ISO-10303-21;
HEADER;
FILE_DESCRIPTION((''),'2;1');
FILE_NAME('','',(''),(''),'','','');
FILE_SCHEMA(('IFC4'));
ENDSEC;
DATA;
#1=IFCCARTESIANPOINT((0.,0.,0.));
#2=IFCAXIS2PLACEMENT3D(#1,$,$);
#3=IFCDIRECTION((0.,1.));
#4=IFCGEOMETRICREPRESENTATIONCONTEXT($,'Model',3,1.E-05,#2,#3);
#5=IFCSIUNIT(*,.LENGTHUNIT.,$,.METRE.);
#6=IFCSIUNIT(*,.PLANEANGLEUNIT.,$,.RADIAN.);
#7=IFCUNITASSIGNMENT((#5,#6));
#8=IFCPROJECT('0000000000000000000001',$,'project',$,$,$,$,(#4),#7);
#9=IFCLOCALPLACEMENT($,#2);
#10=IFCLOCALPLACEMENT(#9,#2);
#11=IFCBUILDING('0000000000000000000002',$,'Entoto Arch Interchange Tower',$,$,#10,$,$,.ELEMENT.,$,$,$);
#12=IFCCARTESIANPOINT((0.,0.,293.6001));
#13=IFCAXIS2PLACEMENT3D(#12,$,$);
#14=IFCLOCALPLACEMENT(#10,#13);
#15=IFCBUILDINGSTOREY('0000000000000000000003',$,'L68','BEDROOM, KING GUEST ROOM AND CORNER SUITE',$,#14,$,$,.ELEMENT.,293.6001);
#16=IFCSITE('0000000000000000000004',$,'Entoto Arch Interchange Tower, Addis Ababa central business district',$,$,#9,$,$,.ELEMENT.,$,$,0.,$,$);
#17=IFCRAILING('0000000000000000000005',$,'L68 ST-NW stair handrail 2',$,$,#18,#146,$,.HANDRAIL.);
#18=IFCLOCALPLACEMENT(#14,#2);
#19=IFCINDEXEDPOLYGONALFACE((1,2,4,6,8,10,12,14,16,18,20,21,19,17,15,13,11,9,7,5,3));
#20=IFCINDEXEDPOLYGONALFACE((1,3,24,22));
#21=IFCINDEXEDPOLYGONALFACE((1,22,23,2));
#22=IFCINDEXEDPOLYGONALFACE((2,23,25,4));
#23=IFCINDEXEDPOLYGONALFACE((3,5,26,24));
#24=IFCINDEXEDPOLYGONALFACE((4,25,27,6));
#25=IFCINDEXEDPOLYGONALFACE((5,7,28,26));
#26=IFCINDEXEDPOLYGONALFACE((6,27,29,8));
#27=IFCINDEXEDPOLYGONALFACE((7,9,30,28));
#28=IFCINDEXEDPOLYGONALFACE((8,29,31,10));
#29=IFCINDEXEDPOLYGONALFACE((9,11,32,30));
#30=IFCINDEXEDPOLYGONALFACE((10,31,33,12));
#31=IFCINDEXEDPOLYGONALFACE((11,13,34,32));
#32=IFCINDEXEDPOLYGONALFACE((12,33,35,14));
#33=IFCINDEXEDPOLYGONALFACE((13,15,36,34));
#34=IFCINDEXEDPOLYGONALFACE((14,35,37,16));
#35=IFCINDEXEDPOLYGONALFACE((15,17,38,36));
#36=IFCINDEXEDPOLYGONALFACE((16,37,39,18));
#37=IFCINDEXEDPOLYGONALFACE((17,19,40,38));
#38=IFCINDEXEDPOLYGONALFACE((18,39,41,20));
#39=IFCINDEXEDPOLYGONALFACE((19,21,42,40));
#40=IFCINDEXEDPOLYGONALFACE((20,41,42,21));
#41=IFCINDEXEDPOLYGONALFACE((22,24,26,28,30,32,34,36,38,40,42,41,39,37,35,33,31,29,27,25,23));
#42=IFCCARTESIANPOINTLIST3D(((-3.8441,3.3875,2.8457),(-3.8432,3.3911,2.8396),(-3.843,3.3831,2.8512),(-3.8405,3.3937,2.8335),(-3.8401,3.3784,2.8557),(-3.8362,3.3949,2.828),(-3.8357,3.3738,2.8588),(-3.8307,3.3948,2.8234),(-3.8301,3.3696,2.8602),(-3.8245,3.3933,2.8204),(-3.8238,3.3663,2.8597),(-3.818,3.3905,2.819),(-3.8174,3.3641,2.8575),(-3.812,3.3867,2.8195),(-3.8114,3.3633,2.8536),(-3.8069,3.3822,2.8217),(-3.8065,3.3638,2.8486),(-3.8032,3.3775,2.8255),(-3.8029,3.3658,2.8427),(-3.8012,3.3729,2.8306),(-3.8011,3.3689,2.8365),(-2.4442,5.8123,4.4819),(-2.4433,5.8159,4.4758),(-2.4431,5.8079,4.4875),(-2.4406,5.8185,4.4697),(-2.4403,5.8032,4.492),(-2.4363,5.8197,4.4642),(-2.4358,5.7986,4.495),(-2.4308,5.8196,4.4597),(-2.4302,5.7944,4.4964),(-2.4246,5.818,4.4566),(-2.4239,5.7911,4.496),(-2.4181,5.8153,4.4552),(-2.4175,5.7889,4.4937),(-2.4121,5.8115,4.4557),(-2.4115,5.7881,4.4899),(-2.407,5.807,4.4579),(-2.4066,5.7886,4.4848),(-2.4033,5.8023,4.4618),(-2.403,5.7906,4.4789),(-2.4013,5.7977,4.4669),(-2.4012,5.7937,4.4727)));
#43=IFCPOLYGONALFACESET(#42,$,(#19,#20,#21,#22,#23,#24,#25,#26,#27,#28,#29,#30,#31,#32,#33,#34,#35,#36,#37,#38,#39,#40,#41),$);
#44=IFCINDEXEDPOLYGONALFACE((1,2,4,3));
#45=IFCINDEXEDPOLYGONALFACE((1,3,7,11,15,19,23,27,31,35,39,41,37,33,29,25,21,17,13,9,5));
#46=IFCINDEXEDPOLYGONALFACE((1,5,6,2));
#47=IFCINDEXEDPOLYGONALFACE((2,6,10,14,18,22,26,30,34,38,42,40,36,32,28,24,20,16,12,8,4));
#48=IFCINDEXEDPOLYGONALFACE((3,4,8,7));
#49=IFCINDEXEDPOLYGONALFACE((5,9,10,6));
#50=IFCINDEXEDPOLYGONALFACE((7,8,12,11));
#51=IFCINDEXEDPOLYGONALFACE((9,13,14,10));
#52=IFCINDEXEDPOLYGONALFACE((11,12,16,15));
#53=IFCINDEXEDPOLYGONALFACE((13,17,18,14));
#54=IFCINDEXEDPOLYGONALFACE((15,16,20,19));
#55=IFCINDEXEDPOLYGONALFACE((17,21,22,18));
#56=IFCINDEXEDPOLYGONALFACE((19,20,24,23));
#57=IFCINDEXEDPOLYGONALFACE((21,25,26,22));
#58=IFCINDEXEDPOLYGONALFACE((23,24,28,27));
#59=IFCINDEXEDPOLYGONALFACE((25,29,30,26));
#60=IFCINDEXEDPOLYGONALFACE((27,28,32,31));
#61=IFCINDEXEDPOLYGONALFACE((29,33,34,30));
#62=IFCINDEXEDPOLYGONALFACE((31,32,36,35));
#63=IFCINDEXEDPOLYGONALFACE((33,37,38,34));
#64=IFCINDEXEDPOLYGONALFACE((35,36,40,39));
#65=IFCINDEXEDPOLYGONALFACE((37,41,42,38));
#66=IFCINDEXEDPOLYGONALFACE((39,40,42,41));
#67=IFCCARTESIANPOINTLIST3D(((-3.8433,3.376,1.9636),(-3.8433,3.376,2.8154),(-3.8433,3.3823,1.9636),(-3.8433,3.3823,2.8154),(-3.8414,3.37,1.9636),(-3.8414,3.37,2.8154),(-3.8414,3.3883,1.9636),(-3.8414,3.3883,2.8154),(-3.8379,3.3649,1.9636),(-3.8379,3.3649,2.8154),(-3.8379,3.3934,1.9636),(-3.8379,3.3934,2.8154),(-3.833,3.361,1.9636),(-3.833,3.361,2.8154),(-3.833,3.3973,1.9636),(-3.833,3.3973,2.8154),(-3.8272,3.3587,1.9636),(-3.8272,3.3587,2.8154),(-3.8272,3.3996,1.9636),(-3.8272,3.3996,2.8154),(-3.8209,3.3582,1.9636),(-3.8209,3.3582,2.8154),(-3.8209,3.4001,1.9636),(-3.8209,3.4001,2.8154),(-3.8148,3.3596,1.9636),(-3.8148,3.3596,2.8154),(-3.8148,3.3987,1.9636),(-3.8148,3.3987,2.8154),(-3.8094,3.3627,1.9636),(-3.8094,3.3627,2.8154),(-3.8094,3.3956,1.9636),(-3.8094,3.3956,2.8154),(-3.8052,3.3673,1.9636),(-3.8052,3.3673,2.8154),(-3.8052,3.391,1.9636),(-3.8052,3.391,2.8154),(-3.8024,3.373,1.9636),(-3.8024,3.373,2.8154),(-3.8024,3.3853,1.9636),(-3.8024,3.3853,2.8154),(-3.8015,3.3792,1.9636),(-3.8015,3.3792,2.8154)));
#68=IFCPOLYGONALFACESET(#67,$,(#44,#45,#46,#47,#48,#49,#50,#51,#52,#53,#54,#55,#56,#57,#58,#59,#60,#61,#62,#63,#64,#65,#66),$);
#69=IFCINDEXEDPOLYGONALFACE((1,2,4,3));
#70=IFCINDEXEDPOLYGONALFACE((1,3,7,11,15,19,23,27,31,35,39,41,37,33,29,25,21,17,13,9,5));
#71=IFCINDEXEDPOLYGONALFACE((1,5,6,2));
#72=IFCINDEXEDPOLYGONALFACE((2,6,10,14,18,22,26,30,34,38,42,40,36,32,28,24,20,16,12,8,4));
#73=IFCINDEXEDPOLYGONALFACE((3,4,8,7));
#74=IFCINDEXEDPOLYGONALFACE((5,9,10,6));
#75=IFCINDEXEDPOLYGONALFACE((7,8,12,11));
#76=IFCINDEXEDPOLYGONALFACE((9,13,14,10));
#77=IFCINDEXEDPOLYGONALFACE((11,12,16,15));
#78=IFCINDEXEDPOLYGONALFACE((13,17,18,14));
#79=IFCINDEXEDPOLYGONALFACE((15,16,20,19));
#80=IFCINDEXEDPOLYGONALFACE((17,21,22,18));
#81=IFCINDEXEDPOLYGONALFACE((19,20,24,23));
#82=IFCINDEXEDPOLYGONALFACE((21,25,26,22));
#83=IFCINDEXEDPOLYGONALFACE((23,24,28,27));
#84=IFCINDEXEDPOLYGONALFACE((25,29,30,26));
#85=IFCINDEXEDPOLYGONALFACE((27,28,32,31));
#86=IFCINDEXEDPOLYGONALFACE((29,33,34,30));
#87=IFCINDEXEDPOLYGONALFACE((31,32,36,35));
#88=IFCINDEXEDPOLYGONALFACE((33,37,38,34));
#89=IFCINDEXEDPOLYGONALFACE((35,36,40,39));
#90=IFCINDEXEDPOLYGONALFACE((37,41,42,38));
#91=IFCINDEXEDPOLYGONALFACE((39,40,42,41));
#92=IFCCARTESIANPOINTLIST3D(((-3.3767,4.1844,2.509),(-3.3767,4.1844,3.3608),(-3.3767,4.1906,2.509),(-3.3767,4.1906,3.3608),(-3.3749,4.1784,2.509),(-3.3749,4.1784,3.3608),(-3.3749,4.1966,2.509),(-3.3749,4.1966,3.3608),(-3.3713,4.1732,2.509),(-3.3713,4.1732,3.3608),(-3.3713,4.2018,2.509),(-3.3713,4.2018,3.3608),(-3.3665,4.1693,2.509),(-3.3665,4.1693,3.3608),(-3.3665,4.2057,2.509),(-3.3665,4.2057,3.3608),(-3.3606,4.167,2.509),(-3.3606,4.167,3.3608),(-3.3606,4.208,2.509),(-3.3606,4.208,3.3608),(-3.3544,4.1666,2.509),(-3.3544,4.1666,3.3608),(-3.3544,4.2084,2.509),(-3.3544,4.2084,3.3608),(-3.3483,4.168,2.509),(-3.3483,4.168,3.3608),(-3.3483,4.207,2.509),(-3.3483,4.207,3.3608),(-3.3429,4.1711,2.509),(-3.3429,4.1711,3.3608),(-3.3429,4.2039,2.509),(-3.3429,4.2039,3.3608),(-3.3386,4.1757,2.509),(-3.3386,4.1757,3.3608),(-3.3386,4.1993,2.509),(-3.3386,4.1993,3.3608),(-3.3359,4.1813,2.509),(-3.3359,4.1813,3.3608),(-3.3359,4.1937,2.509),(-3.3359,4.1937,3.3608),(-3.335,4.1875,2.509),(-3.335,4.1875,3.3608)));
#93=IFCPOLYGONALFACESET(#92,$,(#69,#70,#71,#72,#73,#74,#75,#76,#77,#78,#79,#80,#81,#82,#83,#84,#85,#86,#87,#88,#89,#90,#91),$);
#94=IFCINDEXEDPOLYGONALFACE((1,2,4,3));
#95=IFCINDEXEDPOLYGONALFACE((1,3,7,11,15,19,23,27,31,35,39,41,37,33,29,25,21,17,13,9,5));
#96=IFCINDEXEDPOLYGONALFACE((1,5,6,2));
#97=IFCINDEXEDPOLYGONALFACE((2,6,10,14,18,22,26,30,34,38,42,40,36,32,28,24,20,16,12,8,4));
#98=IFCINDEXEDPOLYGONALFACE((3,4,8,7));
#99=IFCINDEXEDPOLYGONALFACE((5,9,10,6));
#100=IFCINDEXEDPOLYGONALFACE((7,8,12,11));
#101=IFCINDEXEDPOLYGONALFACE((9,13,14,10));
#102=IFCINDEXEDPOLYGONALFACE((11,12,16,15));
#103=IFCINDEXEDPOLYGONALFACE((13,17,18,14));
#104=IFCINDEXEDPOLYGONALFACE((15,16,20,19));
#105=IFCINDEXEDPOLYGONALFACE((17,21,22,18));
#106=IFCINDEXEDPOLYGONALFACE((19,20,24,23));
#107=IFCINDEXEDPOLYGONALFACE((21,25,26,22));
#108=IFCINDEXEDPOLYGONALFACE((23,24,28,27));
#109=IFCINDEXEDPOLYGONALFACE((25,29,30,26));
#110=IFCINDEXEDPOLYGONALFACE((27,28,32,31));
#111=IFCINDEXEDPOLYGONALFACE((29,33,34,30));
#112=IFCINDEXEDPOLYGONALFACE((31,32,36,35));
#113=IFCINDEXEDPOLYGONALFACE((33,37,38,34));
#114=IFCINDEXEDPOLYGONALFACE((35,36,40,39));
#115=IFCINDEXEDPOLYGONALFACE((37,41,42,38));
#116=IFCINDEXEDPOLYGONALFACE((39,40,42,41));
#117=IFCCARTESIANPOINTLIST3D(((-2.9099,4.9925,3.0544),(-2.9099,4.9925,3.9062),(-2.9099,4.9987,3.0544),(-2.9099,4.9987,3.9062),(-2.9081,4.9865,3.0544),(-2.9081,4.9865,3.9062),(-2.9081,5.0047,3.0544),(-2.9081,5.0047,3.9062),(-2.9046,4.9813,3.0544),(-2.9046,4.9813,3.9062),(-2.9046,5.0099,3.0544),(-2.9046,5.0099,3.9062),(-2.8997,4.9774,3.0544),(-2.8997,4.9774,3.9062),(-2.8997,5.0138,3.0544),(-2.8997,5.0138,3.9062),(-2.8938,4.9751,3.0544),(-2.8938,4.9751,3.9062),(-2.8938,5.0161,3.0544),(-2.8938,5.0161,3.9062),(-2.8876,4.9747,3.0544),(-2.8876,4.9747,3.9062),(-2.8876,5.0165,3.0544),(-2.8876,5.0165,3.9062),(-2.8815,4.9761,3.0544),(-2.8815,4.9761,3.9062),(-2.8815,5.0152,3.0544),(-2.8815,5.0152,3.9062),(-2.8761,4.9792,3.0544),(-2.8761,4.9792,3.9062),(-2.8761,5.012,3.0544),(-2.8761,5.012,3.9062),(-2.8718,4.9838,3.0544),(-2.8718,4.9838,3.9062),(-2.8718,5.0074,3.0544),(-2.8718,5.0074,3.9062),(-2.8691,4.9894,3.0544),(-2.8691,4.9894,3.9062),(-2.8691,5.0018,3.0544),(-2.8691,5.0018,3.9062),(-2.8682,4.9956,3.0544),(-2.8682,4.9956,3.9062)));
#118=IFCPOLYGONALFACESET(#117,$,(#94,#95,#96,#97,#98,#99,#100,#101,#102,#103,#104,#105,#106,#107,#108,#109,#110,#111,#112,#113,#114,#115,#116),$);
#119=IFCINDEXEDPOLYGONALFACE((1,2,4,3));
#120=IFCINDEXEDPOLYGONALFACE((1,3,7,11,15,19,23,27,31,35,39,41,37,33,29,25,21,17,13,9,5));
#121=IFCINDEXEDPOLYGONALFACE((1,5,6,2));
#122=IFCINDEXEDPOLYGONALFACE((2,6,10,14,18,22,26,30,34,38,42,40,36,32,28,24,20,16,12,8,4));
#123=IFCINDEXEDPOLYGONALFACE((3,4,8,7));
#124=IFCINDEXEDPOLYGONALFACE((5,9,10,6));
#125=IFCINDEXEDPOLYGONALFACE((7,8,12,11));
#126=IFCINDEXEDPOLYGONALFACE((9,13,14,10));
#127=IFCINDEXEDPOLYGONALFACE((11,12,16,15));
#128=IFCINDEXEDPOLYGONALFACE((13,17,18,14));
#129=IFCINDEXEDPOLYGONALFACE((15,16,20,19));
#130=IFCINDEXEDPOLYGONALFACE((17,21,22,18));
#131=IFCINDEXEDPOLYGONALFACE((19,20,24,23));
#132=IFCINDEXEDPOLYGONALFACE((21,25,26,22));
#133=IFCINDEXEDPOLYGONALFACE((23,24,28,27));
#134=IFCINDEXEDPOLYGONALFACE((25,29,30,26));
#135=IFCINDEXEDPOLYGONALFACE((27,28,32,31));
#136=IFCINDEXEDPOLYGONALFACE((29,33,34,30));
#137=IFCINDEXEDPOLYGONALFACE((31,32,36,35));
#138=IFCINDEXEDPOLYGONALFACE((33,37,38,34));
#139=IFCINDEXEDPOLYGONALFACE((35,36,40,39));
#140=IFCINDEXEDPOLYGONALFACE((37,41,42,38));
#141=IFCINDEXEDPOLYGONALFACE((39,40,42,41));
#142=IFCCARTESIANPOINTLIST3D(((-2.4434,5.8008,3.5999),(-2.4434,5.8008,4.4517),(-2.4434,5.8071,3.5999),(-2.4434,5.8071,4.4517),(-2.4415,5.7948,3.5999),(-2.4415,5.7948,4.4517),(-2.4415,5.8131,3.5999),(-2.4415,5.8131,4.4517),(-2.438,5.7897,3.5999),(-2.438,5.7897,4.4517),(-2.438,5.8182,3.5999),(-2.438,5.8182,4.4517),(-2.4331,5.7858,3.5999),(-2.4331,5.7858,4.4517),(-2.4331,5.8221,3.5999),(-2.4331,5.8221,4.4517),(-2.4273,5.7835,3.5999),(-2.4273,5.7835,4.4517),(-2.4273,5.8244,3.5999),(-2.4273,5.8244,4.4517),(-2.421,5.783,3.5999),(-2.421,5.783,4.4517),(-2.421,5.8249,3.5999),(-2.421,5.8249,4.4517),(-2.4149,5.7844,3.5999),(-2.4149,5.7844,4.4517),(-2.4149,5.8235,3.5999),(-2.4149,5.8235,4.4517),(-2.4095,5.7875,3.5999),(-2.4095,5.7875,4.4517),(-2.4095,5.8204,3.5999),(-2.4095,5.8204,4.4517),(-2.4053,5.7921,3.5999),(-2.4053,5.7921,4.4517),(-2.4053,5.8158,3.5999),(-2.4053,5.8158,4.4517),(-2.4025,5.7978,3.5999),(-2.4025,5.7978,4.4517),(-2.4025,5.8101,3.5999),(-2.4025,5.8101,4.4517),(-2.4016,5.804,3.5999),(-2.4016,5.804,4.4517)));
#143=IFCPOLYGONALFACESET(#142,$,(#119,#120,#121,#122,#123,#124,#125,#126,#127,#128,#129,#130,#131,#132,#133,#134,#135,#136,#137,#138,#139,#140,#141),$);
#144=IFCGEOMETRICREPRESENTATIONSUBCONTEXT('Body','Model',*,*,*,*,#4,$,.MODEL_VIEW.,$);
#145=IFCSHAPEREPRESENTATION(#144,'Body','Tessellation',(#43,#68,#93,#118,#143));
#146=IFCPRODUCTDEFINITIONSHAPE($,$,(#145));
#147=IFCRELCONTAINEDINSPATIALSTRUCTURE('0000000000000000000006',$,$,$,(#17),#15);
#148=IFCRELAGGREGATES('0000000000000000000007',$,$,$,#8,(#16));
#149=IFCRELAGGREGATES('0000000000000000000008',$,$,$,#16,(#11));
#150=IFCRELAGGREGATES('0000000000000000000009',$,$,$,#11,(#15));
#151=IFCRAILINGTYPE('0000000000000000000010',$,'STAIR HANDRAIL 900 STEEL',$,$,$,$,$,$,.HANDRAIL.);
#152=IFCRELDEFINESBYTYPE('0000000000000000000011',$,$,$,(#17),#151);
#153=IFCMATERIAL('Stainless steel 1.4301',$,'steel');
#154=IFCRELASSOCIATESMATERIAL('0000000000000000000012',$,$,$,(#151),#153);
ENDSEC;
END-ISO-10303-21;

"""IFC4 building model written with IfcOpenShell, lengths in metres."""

from ifc_helpers import new_model, si_unit, direction, frame, origin, origin_2d, place, context, subcontext, project, spatial, circle, extrude, material, type_object, element, save


model = new_model("IFC4")

# Units and contexts
model_context = context("Model", 3, precision=1e-05, world=origin(), true_north=direction((0.0, 1.0)))
body_context = subcontext(model_context, "Body", "Model", "MODEL_VIEW")
ifc_project = project(units=[si_unit("LENGTHUNIT", "METRE"), si_unit("PLANEANGLEUNIT", "RADIAN")], contexts=[model_context])

# Site, building, storey
site_placement = place(None, origin())
site = spatial("IfcSite", under=ifc_project, at=site_placement, Name="Entoto Arch Interchange Tower, Addis Ababa central business district", CompositionType="ELEMENT", RefElevation=0.0)
building_placement = place(site_placement, origin())
building = spatial("IfcBuilding", under=site, at=building_placement, Name="Entoto Arch Interchange Tower", CompositionType="ELEMENT")
storey_placement = place(building_placement, frame((0.0, 0.0, 293.6001)))
storey = spatial("IfcBuildingStorey", under=building, at=storey_placement, Name="L68", Description="BEDROOM, KING GUEST ROOM AND CORNER SUITE", CompositionType="ELEMENT", Elevation=293.6001)

# Railing
ifc_material_1 = material(Name="Stainless steel 1.4301", Category="steel")
railing_type_1 = type_object("IfcRailingType", Name="STAIR HANDRAIL 900 STEEL", PredefinedType="HANDRAIL", material=ifc_material_1)
railing_1_placement = place(storey_placement, frame((-3.8225, 3.3792, 1.9636)))
element("IfcRailing", 1, at=railing_1_placement, inside=storey, type_object=railing_type_1, Name="L68 ST-NW stair handrail 2", PredefinedType="HANDRAIL", context=body_context, shape_type="SweptSolid", body=[
    extrude(circle(Radius=0.0239, at=origin_2d()), frame((0.0, 0.0, 0.876), z_axis=(0.431677, 0.747718, 0.504552), x_axis=(-0.866035, 0.499984, 0.0)), (0.0, 0.0, 1.0), 3.2429),
    extrude(circle(Radius=0.021, at=origin_2d()), origin(), (0.0, 0.0, 1.0), 0.8518),
    extrude(circle(Radius=0.021, at=origin_2d()), frame((0.4666, 0.8083, 0.5454)), (0.0, 0.0, 1.0), 0.8518),
    extrude(circle(Radius=0.021, at=origin_2d()), frame((0.9333, 1.6165, 1.0908)), (0.0, 0.0, 1.0), 0.8518),
    extrude(circle(Radius=0.021, at=origin_2d()), frame((1.3999, 2.4248, 1.6362)), (0.0, 0.0, 1.0), 0.8518),
])

save(model, "model.ifc")
